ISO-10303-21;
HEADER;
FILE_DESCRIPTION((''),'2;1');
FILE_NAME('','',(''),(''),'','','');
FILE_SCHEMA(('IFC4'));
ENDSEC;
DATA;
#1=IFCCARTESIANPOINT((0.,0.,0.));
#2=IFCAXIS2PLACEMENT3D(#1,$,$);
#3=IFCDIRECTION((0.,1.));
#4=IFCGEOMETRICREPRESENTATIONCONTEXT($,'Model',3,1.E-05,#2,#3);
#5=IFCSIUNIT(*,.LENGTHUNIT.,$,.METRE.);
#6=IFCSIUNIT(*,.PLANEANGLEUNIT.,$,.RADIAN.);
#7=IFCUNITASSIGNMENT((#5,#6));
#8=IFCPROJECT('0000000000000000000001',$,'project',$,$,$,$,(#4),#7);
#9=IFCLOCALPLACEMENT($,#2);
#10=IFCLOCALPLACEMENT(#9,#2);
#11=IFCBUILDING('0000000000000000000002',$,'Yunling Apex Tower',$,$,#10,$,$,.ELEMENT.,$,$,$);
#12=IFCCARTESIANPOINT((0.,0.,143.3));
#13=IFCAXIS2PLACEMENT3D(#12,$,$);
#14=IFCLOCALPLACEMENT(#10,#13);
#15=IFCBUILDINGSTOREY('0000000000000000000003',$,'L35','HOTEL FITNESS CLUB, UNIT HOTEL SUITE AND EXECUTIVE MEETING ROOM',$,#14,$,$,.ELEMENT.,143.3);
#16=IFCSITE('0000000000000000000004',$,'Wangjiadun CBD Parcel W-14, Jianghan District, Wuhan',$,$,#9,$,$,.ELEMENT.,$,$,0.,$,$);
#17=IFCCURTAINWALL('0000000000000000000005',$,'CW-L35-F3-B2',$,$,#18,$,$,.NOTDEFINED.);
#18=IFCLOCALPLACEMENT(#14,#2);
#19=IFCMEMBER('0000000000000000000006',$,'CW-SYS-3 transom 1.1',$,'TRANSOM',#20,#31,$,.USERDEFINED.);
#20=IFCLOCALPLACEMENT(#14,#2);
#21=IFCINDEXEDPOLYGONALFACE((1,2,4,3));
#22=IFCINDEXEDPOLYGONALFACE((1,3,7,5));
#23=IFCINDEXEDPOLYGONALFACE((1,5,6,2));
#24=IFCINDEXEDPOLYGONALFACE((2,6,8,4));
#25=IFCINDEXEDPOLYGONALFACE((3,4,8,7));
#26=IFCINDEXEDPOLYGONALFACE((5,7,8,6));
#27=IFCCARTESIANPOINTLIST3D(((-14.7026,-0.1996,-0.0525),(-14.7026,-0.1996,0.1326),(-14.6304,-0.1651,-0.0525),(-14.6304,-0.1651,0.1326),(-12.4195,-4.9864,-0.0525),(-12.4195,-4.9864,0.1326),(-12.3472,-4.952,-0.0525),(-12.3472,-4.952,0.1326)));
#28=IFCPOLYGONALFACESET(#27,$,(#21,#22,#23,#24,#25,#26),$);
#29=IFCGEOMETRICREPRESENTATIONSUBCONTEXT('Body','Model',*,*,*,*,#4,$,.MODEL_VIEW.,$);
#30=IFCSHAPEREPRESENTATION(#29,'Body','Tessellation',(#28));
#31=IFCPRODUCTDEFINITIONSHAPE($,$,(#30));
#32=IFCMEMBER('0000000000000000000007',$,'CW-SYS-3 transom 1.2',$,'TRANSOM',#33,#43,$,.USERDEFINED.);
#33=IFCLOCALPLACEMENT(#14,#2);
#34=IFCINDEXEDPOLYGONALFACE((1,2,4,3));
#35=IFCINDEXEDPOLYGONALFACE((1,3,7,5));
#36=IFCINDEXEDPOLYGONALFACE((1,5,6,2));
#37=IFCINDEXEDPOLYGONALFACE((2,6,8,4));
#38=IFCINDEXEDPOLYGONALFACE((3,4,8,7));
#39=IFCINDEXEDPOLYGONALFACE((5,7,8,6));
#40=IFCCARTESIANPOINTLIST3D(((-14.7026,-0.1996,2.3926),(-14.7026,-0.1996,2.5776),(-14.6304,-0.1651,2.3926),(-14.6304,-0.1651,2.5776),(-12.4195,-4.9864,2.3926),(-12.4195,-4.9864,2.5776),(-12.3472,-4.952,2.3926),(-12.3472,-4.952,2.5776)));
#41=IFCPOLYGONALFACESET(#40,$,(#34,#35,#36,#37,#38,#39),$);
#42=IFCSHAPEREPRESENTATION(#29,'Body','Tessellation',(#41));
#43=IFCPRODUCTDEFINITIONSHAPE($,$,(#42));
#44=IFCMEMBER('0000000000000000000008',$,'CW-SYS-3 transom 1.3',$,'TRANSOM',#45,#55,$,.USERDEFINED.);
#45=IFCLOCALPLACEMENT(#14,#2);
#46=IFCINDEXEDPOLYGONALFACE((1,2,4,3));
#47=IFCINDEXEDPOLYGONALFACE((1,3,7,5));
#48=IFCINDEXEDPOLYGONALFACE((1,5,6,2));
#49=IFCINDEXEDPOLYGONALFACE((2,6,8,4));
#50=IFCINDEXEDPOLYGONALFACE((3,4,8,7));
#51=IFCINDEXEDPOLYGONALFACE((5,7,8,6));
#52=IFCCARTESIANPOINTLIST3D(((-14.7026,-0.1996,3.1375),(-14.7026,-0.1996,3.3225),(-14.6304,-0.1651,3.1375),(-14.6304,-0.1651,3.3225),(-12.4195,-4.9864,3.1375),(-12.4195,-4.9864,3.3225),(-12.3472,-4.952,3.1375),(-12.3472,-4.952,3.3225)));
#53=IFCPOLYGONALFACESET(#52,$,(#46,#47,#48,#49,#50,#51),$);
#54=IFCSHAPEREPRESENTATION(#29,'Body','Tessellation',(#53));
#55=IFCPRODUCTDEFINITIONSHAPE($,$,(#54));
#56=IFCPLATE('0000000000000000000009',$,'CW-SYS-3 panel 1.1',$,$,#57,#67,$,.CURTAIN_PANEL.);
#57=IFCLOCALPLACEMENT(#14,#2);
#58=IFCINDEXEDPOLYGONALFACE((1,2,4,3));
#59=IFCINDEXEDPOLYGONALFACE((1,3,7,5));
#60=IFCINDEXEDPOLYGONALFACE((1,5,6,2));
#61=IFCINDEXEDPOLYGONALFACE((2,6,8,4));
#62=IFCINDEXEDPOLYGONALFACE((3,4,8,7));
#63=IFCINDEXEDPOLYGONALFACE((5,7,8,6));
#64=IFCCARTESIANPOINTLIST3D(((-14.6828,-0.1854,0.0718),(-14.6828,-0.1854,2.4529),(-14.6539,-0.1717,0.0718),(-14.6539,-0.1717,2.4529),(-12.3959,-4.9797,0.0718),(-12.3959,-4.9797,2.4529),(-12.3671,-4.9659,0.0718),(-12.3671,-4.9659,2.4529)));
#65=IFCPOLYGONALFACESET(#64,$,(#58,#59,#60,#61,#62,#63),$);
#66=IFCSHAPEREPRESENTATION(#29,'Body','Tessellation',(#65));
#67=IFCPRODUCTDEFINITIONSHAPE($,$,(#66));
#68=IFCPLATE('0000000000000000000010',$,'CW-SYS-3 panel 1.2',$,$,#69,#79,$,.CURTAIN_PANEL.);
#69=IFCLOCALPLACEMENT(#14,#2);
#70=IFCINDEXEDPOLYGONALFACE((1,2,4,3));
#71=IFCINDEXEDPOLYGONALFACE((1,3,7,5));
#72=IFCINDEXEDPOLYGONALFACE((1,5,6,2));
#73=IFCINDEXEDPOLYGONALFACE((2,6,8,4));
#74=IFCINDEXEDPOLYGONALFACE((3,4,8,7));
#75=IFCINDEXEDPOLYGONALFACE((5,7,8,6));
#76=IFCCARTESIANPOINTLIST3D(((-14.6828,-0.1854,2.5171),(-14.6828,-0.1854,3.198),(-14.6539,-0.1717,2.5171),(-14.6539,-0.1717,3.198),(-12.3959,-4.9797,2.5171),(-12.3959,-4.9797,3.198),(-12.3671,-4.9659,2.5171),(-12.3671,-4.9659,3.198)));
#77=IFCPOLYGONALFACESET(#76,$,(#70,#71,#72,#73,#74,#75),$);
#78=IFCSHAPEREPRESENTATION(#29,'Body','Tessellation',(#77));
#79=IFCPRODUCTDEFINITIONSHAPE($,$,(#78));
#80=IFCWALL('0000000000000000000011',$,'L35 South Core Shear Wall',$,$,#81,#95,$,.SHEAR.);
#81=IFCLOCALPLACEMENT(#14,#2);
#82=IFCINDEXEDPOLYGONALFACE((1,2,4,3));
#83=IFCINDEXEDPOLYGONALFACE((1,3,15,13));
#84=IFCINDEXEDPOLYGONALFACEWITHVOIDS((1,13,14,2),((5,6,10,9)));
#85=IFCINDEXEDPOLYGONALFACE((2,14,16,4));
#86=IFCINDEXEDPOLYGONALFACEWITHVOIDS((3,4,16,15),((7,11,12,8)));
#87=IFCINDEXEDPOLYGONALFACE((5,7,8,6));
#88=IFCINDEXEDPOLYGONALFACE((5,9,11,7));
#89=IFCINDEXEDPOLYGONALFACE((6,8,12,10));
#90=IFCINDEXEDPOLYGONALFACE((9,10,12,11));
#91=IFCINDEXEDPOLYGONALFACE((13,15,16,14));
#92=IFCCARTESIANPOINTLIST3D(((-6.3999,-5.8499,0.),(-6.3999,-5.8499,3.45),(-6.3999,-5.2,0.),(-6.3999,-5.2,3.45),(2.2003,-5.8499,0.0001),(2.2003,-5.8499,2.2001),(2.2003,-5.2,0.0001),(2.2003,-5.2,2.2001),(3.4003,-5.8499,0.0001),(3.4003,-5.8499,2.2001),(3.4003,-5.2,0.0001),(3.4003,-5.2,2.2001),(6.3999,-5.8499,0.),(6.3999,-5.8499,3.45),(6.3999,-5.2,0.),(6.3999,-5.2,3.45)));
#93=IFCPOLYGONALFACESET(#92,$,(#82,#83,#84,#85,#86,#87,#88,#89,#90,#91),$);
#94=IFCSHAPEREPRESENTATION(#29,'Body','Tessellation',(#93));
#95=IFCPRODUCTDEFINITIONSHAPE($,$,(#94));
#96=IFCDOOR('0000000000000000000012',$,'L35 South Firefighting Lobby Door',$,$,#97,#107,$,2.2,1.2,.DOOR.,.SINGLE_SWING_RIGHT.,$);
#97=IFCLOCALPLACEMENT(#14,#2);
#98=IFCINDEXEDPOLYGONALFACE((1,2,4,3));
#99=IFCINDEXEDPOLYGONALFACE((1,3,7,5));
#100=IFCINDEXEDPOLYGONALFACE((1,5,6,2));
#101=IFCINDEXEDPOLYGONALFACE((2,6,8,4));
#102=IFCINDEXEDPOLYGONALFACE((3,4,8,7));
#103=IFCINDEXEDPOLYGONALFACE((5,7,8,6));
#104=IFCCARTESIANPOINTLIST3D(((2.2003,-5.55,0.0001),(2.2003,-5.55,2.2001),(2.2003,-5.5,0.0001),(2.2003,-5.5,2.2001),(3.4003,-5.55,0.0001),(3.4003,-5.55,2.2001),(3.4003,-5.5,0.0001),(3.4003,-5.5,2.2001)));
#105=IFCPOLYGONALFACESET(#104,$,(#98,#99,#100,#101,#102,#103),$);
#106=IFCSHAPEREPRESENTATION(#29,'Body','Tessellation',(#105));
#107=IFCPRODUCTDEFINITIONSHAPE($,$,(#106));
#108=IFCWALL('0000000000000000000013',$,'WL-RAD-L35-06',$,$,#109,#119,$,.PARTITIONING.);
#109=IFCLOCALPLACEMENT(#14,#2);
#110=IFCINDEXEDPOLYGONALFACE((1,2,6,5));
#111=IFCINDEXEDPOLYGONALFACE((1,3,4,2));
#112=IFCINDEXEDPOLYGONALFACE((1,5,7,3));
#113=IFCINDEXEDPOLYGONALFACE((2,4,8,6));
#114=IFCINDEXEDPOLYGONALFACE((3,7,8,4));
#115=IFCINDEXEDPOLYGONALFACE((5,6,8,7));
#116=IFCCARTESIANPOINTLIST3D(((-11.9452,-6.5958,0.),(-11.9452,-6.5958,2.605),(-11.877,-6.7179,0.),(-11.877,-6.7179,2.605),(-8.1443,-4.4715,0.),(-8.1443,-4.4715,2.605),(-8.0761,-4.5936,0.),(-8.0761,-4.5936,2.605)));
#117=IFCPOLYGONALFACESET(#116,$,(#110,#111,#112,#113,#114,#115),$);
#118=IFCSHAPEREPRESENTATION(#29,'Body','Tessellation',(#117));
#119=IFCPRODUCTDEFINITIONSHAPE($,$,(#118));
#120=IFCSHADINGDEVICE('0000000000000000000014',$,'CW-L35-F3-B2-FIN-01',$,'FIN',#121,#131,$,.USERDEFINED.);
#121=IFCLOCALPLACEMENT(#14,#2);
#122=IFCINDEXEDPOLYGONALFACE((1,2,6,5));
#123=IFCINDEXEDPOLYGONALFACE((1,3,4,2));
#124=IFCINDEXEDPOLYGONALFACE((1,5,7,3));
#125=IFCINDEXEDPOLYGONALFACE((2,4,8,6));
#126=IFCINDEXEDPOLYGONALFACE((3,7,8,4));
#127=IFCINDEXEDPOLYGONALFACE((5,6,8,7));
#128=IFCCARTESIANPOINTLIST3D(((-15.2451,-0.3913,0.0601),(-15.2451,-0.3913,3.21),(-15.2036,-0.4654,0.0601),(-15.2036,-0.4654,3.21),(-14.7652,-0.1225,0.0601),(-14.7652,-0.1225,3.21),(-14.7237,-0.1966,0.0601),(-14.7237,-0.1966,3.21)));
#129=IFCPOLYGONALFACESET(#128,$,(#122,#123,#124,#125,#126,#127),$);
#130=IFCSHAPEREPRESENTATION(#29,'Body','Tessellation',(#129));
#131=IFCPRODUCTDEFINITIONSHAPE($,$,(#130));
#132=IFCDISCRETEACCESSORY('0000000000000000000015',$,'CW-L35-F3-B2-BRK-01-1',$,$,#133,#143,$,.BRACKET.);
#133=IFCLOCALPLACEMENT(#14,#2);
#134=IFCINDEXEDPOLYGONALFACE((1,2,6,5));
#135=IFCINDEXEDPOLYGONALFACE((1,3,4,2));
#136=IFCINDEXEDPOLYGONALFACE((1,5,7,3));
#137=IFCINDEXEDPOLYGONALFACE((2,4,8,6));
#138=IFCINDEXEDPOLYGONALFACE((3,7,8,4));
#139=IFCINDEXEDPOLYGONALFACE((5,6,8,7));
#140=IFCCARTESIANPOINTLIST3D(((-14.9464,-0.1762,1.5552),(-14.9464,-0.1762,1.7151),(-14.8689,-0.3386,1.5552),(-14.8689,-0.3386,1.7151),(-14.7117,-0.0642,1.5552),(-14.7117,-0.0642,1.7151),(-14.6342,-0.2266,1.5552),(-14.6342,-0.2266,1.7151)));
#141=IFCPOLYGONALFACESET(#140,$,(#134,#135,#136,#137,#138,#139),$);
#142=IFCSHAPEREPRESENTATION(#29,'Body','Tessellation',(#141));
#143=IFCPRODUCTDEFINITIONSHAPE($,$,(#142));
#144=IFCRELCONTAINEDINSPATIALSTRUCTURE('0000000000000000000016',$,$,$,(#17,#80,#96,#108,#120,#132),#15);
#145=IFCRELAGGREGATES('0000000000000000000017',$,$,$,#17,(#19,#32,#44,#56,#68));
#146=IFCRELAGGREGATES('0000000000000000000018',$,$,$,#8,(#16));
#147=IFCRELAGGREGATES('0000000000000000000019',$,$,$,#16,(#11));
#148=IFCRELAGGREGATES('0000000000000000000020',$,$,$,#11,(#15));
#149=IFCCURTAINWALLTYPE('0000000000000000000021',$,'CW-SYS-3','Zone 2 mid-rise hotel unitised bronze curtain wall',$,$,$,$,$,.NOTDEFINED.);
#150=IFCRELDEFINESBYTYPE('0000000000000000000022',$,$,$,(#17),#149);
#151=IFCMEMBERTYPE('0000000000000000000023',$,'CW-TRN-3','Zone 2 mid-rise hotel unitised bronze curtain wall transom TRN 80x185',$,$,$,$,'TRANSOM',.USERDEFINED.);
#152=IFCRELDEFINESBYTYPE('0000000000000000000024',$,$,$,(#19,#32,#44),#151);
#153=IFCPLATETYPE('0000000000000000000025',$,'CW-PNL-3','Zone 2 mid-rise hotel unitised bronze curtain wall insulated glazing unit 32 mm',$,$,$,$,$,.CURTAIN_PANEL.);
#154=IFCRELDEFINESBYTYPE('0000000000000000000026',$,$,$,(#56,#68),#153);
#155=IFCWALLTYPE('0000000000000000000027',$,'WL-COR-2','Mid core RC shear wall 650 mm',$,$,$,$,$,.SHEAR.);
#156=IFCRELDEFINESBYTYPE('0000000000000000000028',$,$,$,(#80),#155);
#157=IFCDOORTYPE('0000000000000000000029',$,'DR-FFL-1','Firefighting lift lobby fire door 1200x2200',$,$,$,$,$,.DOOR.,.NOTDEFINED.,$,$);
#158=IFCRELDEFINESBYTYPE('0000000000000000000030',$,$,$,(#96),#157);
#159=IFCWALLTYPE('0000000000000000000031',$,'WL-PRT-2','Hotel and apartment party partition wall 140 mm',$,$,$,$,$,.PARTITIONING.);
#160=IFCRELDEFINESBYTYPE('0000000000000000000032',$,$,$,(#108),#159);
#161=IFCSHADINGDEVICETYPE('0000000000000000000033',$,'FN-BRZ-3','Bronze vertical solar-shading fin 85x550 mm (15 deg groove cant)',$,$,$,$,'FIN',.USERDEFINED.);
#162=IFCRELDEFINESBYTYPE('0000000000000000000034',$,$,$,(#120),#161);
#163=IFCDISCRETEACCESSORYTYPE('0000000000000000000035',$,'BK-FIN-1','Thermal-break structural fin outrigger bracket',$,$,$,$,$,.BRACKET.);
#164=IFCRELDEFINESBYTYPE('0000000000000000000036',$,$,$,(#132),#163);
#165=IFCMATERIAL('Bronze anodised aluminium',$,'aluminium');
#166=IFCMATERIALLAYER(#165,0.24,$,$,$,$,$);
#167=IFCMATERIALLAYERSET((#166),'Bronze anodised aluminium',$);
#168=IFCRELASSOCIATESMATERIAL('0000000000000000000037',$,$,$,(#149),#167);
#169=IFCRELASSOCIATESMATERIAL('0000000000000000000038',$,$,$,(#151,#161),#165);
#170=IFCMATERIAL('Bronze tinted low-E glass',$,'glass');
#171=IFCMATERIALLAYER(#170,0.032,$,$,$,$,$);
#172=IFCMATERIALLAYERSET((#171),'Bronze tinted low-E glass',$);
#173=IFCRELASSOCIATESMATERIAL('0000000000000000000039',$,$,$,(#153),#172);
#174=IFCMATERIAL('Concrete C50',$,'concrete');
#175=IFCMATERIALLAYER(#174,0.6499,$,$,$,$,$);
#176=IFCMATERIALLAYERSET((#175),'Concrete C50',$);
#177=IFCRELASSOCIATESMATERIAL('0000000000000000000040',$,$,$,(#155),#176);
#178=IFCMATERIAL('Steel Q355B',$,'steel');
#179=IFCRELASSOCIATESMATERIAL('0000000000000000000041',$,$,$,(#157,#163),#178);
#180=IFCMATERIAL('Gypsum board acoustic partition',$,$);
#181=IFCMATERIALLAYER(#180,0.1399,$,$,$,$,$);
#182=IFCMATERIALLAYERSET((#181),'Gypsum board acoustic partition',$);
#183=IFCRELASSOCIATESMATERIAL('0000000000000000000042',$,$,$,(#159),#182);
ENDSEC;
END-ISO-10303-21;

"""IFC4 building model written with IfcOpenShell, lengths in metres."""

from ifc_helpers import new_model, si_unit, direction, frame, frame_2d, origin, origin_2d, place, context, subcontext, project, spatial, rectangle, extrude, source, transform, mapped, material, layer, layer_set, material_profile, profile_set, type_object, element, fill, aggregate, save


model = new_model("IFC4")

# Units and contexts
model_context = context("Model", 3, precision=1e-05, world=origin(), true_north=direction((0.0, 1.0)))
body_context = subcontext(model_context, "Body", "Model", "MODEL_VIEW")
ifc_project = project(units=[si_unit("LENGTHUNIT", "METRE"), si_unit("PLANEANGLEUNIT", "RADIAN")], contexts=[model_context])

# Site, building, storey
site_placement = place(None, origin())
site = spatial("IfcSite", under=ifc_project, at=site_placement, Name="Wangjiadun CBD Parcel W-14, Jianghan District, Wuhan", CompositionType="ELEMENT", RefElevation=0.0)
building_placement = place(site_placement, origin())
building = spatial("IfcBuilding", under=site, at=building_placement, Name="Yunling Apex Tower", CompositionType="ELEMENT")
storey_placement = place(building_placement, frame((0.0, 0.0, 143.3)))
storey = spatial("IfcBuildingStorey", under=building, at=storey_placement, Name="L35", Description="HOTEL FITNESS CLUB, UNIT HOTEL SUITE AND EXECUTIVE MEETING ROOM", CompositionType="ELEMENT", Elevation=143.3)

# Shared definitions
ifc_material_1 = material(Name="Steel Q355B", Category="steel")

# Shared definitions
ifc_material_2 = material(Name="Bronze anodised aluminium", Category="aluminium")
ifc_layer_1 = layer(ifc_material_2, 0.24)
ifc_layer_set_1 = layer_set([ifc_layer_1], Name="Bronze anodised aluminium")
curtain_wall_type = type_object("IfcCurtainWallType", Name="CW-SYS-3", Description="Zone 2 mid-rise hotel unitised bronze curtain wall", PredefinedType="NOTDEFINED", material=ifc_layer_set_1)

# Curtain wall, members, plates
curtain_wall_1_placement = place(storey_placement, origin())
curtain_wall_1 = element("IfcCurtainWall", 1, at=curtain_wall_1_placement, inside=storey, type_object=curtain_wall_type, Name="CW-L35-F3-B2", PredefinedType="NOTDEFINED")
ifc_material_profile_1 = material_profile(ifc_material_2, rectangle(XDim=0.0801, YDim=0.1851, at=origin_2d()))
ifc_profile_set_1 = profile_set([ifc_material_profile_1], Name="Bronze anodised aluminium")
member_type_1 = type_object("IfcMemberType", Name="CW-TRN-3", Description="Zone 2 mid-rise hotel unitised bronze curtain wall transom TRN 80x185", ElementType="TRANSOM", PredefinedType="USERDEFINED", material=ifc_profile_set_1)
shared_shape_1 = source(origin(), body_context, "Body", "SweptSolid", [
    extrude(rectangle(XDim=0.0801, YDim=0.1851, at=origin_2d()), origin(), (0.0, 0.0, 1.0), 5.3035),
])
member_1_placement = place(storey_placement, frame((-14.6665, -0.1824, 0.04), z_axis=(0.430509, -0.902586, 0.0), x_axis=(0.902586, 0.430509, 0.0)))
member_1 = element("IfcMember", 2, at=member_1_placement, type_object=member_type_1, Name="CW-SYS-3 transom 1.1", ObjectType="TRANSOM", PredefinedType="USERDEFINED", context=body_context, shape_type="MappedRepresentation", body=[
    mapped(shared_shape_1, transform((0.0, 0.0, 0.0), scale=1.0)),
])
member_2_placement = place(storey_placement, frame((-14.6665, -0.1824, 2.4851), z_axis=(0.430509, -0.902586, 0.0), x_axis=(0.902586, 0.430509, 0.0)))
member_2 = element("IfcMember", 3, at=member_2_placement, type_object=member_type_1, Name="CW-SYS-3 transom 1.2", ObjectType="TRANSOM", PredefinedType="USERDEFINED", context=body_context, shape_type="MappedRepresentation", body=[
    mapped(shared_shape_1, transform((0.0, 0.0, 0.0), scale=1.0)),
])
member_3_placement = place(storey_placement, frame((-14.6665, -0.1824, 3.23), z_axis=(0.430509, -0.902586, 0.0), x_axis=(0.902586, 0.430509, 0.0)))
member_3 = element("IfcMember", 4, at=member_3_placement, type_object=member_type_1, Name="CW-SYS-3 transom 1.3", ObjectType="TRANSOM", PredefinedType="USERDEFINED", context=body_context, shape_type="MappedRepresentation", body=[
    mapped(shared_shape_1, transform((0.0, 0.0, 0.0), scale=1.0)),
])
ifc_material_3 = material(Name="Bronze tinted low-E glass", Category="glass")
ifc_layer_2 = layer(ifc_material_3, 0.032)
ifc_layer_set_2 = layer_set([ifc_layer_2], Name="Bronze tinted low-E glass")
plate_type = type_object("IfcPlateType", Name="CW-PNL-3", Description="Zone 2 mid-rise hotel unitised bronze curtain wall insulated glazing unit 32 mm", PredefinedType="CURTAIN_PANEL", material=ifc_layer_set_2)
shared_shape_2 = source(origin(), body_context, "Body", "SweptSolid", [
    extrude(rectangle(XDim=5.3118, YDim=0.032, at=origin_2d()), origin(), (0.0, 0.0, 1.0), 2.3811),
])
plate_1_placement = place(storey_placement, frame((-13.5249, -2.5757, 0.0718), z_axis=(0.0, 0.0, 1.0), x_axis=(0.430523, -0.90258, 0.0)))
plate_1 = element("IfcPlate", 5, at=plate_1_placement, type_object=plate_type, Name="CW-SYS-3 panel 1.1", PredefinedType="CURTAIN_PANEL", context=body_context, shape_type="MappedRepresentation", body=[
    mapped(shared_shape_2, transform((0.0, 0.0, 0.0), scale=1.0)),
])
shared_shape_3 = source(origin(), body_context, "Body", "SweptSolid", [
    extrude(rectangle(XDim=5.3118, YDim=0.032, at=origin_2d()), origin(), (0.0, 0.0, 1.0), 0.6809),
])
plate_2_placement = place(storey_placement, frame((-13.5249, -2.5757, 2.5171), z_axis=(0.0, 0.0, 1.0), x_axis=(0.430523, -0.90258, 0.0)))
plate_2 = element("IfcPlate", 6, at=plate_2_placement, type_object=plate_type, Name="CW-SYS-3 panel 1.2", PredefinedType="CURTAIN_PANEL", context=body_context, shape_type="MappedRepresentation", body=[
    mapped(shared_shape_3, transform((0.0, 0.0, 0.0), scale=1.0)),
])
aggregate(curtain_wall_1, [member_1, member_2, member_3, plate_1, plate_2])

# Wall, opening, door
ifc_material_4 = material(Name="Concrete C50", Category="concrete")
ifc_layer_3 = layer(ifc_material_4, 0.6499)
ifc_layer_set_3 = layer_set([ifc_layer_3], Name="Concrete C50")
wall_type_1 = type_object("IfcWallType", Name="WL-COR-2", Description="Mid core RC shear wall 650 mm", PredefinedType="SHEAR", material=ifc_layer_set_3)
wall_1_placement = place(storey_placement, frame((-6.3999, -5.5249, 0.0), z_axis=(0.0, 0.0, 1.0), x_axis=(1.0, 0.0, 0.0)))
wall_1 = element("IfcWall", 7, at=wall_1_placement, inside=storey, type_object=wall_type_1, Name="L35 South Core Shear Wall", PredefinedType="SHEAR", context=body_context, shape_type="SweptSolid", body=[
    extrude(rectangle(XDim=12.7998, YDim=0.6499, at=frame_2d((6.3999, 0.0))), origin(), (0.0, 0.0, 1.0), 3.45),
])
opening_placement = place(wall_1_placement, frame((8.6001, 0.0, 0.0)))
opening = element("IfcOpeningElement", 8, at=opening_placement, cuts=wall_1, PredefinedType="OPENING", context=body_context, shape_type="SweptSolid", body=[
    extrude(rectangle(XDim=1.2, YDim=2.2, at=frame_2d((0.6001, 1.1001))), frame((0.0, 0.335, 0.0), z_axis=(0.0, -1.0, 0.0), x_axis=(1.0, 0.0, 0.0)), (0.0, 0.0, 1.0), 0.6699),
])
door_type = type_object("IfcDoorType", Name="DR-FFL-1", Description="Firefighting lift lobby fire door 1200x2200", OperationType="NOTDEFINED", PredefinedType="DOOR", material=ifc_material_1)
door_placement = place(opening_placement, origin())
door = element("IfcDoor", 9, at=door_placement, inside=storey, type_object=door_type, Name="L35 South Firefighting Lobby Door", OperationType="SINGLE_SWING_RIGHT", OverallHeight=2.2, OverallWidth=1.2, PredefinedType="DOOR", context=body_context, shape_type="SweptSolid", body=[
    extrude(rectangle(XDim=1.2, YDim=2.2, at=frame_2d((0.6001, 1.1001))), frame((0.0, 0.0249, 0.0), z_axis=(0.0, -1.0, 0.0), x_axis=(1.0, 0.0, 0.0)), (0.0, 0.0, 1.0), 0.05),
])
fill(opening, door)

# Wall
ifc_material_5 = material(Name="Gypsum board acoustic partition")
ifc_layer_4 = layer(ifc_material_5, 0.1399)
ifc_layer_set_4 = layer_set([ifc_layer_4], Name="Gypsum board acoustic partition")
wall_type_2 = type_object("IfcWallType", Name="WL-PRT-2", Description="Hotel and apartment party partition wall 140 mm", PredefinedType="PARTITIONING", material=ifc_layer_set_4)
wall_2_placement = place(storey_placement, frame((-8.1101, -4.5325, 0.0), z_axis=(0.0, 0.0, 1.0), x_axis=(-0.872914, -0.487874, 0.0)))
element("IfcWall", 10, at=wall_2_placement, inside=storey, type_object=wall_type_2, Name="WL-RAD-L35-06", PredefinedType="PARTITIONING", context=body_context, shape_type="SweptSolid", body=[
    extrude(rectangle(XDim=4.3542, YDim=0.1399, at=frame_2d((2.1772, 0.0))), origin(), (0.0, 0.0, 1.0), 2.605),
])

# Shading device
ifc_material_profile_2 = material_profile(ifc_material_2, rectangle(XDim=0.085, YDim=0.55, at=origin_2d()))
ifc_profile_set_2 = profile_set([ifc_material_profile_2], Name="Bronze anodised aluminium")
shading_device_type = type_object("IfcShadingDeviceType", Name="FN-BRZ-3", Description="Bronze vertical solar-shading fin 85x550 mm (15 deg groove cant)", ElementType="FIN", PredefinedType="USERDEFINED", material=ifc_profile_set_2)
shared_shape_4 = source(origin(), body_context, "Body", "SweptSolid", [
    extrude(rectangle(XDim=0.085, YDim=0.55, at=origin_2d()), origin(), (0.0, 0.0, 1.0), 3.1499),
])
shading_device_placement = place(storey_placement, frame((-14.9844, -0.2939, 0.0601), z_axis=(0.0, 0.0, 1.0), x_axis=(0.488621, -0.872496, 0.0)))
element("IfcShadingDevice", 11, at=shading_device_placement, inside=storey, type_object=shading_device_type, Name="CW-L35-F3-B2-FIN-01", ObjectType="FIN", PredefinedType="USERDEFINED", context=body_context, shape_type="MappedRepresentation", body=[
    mapped(shared_shape_4, transform((0.0, 0.0, 0.0), scale=1.0)),
])

# Discrete accessory
discrete_accessory_type = type_object("IfcDiscreteAccessoryType", Name="BK-FIN-1", Description="Thermal-break structural fin outrigger bracket", PredefinedType="BRACKET", material=ifc_material_1)
shared_shape_5 = source(origin(), body_context, "Body", "SweptSolid", [
    extrude(rectangle(XDim=0.1799, YDim=0.26, at=origin_2d()), origin(), (0.0, 0.0, 1.0), 0.1599),
])
discrete_accessory_placement = place(storey_placement, frame((-14.7903, -0.2014, 1.5552), z_axis=(0.0, 0.0, 1.0), x_axis=(0.430511, -0.902585, 0.0)))
element("IfcDiscreteAccessory", 12, at=discrete_accessory_placement, inside=storey, type_object=discrete_accessory_type, Name="CW-L35-F3-B2-BRK-01-1", PredefinedType="BRACKET", context=body_context, shape_type="MappedRepresentation", body=[
    mapped(shared_shape_5, transform((0.0, 0.0, 0.0), scale=1.0)),
])

save(model, "model.ifc")
